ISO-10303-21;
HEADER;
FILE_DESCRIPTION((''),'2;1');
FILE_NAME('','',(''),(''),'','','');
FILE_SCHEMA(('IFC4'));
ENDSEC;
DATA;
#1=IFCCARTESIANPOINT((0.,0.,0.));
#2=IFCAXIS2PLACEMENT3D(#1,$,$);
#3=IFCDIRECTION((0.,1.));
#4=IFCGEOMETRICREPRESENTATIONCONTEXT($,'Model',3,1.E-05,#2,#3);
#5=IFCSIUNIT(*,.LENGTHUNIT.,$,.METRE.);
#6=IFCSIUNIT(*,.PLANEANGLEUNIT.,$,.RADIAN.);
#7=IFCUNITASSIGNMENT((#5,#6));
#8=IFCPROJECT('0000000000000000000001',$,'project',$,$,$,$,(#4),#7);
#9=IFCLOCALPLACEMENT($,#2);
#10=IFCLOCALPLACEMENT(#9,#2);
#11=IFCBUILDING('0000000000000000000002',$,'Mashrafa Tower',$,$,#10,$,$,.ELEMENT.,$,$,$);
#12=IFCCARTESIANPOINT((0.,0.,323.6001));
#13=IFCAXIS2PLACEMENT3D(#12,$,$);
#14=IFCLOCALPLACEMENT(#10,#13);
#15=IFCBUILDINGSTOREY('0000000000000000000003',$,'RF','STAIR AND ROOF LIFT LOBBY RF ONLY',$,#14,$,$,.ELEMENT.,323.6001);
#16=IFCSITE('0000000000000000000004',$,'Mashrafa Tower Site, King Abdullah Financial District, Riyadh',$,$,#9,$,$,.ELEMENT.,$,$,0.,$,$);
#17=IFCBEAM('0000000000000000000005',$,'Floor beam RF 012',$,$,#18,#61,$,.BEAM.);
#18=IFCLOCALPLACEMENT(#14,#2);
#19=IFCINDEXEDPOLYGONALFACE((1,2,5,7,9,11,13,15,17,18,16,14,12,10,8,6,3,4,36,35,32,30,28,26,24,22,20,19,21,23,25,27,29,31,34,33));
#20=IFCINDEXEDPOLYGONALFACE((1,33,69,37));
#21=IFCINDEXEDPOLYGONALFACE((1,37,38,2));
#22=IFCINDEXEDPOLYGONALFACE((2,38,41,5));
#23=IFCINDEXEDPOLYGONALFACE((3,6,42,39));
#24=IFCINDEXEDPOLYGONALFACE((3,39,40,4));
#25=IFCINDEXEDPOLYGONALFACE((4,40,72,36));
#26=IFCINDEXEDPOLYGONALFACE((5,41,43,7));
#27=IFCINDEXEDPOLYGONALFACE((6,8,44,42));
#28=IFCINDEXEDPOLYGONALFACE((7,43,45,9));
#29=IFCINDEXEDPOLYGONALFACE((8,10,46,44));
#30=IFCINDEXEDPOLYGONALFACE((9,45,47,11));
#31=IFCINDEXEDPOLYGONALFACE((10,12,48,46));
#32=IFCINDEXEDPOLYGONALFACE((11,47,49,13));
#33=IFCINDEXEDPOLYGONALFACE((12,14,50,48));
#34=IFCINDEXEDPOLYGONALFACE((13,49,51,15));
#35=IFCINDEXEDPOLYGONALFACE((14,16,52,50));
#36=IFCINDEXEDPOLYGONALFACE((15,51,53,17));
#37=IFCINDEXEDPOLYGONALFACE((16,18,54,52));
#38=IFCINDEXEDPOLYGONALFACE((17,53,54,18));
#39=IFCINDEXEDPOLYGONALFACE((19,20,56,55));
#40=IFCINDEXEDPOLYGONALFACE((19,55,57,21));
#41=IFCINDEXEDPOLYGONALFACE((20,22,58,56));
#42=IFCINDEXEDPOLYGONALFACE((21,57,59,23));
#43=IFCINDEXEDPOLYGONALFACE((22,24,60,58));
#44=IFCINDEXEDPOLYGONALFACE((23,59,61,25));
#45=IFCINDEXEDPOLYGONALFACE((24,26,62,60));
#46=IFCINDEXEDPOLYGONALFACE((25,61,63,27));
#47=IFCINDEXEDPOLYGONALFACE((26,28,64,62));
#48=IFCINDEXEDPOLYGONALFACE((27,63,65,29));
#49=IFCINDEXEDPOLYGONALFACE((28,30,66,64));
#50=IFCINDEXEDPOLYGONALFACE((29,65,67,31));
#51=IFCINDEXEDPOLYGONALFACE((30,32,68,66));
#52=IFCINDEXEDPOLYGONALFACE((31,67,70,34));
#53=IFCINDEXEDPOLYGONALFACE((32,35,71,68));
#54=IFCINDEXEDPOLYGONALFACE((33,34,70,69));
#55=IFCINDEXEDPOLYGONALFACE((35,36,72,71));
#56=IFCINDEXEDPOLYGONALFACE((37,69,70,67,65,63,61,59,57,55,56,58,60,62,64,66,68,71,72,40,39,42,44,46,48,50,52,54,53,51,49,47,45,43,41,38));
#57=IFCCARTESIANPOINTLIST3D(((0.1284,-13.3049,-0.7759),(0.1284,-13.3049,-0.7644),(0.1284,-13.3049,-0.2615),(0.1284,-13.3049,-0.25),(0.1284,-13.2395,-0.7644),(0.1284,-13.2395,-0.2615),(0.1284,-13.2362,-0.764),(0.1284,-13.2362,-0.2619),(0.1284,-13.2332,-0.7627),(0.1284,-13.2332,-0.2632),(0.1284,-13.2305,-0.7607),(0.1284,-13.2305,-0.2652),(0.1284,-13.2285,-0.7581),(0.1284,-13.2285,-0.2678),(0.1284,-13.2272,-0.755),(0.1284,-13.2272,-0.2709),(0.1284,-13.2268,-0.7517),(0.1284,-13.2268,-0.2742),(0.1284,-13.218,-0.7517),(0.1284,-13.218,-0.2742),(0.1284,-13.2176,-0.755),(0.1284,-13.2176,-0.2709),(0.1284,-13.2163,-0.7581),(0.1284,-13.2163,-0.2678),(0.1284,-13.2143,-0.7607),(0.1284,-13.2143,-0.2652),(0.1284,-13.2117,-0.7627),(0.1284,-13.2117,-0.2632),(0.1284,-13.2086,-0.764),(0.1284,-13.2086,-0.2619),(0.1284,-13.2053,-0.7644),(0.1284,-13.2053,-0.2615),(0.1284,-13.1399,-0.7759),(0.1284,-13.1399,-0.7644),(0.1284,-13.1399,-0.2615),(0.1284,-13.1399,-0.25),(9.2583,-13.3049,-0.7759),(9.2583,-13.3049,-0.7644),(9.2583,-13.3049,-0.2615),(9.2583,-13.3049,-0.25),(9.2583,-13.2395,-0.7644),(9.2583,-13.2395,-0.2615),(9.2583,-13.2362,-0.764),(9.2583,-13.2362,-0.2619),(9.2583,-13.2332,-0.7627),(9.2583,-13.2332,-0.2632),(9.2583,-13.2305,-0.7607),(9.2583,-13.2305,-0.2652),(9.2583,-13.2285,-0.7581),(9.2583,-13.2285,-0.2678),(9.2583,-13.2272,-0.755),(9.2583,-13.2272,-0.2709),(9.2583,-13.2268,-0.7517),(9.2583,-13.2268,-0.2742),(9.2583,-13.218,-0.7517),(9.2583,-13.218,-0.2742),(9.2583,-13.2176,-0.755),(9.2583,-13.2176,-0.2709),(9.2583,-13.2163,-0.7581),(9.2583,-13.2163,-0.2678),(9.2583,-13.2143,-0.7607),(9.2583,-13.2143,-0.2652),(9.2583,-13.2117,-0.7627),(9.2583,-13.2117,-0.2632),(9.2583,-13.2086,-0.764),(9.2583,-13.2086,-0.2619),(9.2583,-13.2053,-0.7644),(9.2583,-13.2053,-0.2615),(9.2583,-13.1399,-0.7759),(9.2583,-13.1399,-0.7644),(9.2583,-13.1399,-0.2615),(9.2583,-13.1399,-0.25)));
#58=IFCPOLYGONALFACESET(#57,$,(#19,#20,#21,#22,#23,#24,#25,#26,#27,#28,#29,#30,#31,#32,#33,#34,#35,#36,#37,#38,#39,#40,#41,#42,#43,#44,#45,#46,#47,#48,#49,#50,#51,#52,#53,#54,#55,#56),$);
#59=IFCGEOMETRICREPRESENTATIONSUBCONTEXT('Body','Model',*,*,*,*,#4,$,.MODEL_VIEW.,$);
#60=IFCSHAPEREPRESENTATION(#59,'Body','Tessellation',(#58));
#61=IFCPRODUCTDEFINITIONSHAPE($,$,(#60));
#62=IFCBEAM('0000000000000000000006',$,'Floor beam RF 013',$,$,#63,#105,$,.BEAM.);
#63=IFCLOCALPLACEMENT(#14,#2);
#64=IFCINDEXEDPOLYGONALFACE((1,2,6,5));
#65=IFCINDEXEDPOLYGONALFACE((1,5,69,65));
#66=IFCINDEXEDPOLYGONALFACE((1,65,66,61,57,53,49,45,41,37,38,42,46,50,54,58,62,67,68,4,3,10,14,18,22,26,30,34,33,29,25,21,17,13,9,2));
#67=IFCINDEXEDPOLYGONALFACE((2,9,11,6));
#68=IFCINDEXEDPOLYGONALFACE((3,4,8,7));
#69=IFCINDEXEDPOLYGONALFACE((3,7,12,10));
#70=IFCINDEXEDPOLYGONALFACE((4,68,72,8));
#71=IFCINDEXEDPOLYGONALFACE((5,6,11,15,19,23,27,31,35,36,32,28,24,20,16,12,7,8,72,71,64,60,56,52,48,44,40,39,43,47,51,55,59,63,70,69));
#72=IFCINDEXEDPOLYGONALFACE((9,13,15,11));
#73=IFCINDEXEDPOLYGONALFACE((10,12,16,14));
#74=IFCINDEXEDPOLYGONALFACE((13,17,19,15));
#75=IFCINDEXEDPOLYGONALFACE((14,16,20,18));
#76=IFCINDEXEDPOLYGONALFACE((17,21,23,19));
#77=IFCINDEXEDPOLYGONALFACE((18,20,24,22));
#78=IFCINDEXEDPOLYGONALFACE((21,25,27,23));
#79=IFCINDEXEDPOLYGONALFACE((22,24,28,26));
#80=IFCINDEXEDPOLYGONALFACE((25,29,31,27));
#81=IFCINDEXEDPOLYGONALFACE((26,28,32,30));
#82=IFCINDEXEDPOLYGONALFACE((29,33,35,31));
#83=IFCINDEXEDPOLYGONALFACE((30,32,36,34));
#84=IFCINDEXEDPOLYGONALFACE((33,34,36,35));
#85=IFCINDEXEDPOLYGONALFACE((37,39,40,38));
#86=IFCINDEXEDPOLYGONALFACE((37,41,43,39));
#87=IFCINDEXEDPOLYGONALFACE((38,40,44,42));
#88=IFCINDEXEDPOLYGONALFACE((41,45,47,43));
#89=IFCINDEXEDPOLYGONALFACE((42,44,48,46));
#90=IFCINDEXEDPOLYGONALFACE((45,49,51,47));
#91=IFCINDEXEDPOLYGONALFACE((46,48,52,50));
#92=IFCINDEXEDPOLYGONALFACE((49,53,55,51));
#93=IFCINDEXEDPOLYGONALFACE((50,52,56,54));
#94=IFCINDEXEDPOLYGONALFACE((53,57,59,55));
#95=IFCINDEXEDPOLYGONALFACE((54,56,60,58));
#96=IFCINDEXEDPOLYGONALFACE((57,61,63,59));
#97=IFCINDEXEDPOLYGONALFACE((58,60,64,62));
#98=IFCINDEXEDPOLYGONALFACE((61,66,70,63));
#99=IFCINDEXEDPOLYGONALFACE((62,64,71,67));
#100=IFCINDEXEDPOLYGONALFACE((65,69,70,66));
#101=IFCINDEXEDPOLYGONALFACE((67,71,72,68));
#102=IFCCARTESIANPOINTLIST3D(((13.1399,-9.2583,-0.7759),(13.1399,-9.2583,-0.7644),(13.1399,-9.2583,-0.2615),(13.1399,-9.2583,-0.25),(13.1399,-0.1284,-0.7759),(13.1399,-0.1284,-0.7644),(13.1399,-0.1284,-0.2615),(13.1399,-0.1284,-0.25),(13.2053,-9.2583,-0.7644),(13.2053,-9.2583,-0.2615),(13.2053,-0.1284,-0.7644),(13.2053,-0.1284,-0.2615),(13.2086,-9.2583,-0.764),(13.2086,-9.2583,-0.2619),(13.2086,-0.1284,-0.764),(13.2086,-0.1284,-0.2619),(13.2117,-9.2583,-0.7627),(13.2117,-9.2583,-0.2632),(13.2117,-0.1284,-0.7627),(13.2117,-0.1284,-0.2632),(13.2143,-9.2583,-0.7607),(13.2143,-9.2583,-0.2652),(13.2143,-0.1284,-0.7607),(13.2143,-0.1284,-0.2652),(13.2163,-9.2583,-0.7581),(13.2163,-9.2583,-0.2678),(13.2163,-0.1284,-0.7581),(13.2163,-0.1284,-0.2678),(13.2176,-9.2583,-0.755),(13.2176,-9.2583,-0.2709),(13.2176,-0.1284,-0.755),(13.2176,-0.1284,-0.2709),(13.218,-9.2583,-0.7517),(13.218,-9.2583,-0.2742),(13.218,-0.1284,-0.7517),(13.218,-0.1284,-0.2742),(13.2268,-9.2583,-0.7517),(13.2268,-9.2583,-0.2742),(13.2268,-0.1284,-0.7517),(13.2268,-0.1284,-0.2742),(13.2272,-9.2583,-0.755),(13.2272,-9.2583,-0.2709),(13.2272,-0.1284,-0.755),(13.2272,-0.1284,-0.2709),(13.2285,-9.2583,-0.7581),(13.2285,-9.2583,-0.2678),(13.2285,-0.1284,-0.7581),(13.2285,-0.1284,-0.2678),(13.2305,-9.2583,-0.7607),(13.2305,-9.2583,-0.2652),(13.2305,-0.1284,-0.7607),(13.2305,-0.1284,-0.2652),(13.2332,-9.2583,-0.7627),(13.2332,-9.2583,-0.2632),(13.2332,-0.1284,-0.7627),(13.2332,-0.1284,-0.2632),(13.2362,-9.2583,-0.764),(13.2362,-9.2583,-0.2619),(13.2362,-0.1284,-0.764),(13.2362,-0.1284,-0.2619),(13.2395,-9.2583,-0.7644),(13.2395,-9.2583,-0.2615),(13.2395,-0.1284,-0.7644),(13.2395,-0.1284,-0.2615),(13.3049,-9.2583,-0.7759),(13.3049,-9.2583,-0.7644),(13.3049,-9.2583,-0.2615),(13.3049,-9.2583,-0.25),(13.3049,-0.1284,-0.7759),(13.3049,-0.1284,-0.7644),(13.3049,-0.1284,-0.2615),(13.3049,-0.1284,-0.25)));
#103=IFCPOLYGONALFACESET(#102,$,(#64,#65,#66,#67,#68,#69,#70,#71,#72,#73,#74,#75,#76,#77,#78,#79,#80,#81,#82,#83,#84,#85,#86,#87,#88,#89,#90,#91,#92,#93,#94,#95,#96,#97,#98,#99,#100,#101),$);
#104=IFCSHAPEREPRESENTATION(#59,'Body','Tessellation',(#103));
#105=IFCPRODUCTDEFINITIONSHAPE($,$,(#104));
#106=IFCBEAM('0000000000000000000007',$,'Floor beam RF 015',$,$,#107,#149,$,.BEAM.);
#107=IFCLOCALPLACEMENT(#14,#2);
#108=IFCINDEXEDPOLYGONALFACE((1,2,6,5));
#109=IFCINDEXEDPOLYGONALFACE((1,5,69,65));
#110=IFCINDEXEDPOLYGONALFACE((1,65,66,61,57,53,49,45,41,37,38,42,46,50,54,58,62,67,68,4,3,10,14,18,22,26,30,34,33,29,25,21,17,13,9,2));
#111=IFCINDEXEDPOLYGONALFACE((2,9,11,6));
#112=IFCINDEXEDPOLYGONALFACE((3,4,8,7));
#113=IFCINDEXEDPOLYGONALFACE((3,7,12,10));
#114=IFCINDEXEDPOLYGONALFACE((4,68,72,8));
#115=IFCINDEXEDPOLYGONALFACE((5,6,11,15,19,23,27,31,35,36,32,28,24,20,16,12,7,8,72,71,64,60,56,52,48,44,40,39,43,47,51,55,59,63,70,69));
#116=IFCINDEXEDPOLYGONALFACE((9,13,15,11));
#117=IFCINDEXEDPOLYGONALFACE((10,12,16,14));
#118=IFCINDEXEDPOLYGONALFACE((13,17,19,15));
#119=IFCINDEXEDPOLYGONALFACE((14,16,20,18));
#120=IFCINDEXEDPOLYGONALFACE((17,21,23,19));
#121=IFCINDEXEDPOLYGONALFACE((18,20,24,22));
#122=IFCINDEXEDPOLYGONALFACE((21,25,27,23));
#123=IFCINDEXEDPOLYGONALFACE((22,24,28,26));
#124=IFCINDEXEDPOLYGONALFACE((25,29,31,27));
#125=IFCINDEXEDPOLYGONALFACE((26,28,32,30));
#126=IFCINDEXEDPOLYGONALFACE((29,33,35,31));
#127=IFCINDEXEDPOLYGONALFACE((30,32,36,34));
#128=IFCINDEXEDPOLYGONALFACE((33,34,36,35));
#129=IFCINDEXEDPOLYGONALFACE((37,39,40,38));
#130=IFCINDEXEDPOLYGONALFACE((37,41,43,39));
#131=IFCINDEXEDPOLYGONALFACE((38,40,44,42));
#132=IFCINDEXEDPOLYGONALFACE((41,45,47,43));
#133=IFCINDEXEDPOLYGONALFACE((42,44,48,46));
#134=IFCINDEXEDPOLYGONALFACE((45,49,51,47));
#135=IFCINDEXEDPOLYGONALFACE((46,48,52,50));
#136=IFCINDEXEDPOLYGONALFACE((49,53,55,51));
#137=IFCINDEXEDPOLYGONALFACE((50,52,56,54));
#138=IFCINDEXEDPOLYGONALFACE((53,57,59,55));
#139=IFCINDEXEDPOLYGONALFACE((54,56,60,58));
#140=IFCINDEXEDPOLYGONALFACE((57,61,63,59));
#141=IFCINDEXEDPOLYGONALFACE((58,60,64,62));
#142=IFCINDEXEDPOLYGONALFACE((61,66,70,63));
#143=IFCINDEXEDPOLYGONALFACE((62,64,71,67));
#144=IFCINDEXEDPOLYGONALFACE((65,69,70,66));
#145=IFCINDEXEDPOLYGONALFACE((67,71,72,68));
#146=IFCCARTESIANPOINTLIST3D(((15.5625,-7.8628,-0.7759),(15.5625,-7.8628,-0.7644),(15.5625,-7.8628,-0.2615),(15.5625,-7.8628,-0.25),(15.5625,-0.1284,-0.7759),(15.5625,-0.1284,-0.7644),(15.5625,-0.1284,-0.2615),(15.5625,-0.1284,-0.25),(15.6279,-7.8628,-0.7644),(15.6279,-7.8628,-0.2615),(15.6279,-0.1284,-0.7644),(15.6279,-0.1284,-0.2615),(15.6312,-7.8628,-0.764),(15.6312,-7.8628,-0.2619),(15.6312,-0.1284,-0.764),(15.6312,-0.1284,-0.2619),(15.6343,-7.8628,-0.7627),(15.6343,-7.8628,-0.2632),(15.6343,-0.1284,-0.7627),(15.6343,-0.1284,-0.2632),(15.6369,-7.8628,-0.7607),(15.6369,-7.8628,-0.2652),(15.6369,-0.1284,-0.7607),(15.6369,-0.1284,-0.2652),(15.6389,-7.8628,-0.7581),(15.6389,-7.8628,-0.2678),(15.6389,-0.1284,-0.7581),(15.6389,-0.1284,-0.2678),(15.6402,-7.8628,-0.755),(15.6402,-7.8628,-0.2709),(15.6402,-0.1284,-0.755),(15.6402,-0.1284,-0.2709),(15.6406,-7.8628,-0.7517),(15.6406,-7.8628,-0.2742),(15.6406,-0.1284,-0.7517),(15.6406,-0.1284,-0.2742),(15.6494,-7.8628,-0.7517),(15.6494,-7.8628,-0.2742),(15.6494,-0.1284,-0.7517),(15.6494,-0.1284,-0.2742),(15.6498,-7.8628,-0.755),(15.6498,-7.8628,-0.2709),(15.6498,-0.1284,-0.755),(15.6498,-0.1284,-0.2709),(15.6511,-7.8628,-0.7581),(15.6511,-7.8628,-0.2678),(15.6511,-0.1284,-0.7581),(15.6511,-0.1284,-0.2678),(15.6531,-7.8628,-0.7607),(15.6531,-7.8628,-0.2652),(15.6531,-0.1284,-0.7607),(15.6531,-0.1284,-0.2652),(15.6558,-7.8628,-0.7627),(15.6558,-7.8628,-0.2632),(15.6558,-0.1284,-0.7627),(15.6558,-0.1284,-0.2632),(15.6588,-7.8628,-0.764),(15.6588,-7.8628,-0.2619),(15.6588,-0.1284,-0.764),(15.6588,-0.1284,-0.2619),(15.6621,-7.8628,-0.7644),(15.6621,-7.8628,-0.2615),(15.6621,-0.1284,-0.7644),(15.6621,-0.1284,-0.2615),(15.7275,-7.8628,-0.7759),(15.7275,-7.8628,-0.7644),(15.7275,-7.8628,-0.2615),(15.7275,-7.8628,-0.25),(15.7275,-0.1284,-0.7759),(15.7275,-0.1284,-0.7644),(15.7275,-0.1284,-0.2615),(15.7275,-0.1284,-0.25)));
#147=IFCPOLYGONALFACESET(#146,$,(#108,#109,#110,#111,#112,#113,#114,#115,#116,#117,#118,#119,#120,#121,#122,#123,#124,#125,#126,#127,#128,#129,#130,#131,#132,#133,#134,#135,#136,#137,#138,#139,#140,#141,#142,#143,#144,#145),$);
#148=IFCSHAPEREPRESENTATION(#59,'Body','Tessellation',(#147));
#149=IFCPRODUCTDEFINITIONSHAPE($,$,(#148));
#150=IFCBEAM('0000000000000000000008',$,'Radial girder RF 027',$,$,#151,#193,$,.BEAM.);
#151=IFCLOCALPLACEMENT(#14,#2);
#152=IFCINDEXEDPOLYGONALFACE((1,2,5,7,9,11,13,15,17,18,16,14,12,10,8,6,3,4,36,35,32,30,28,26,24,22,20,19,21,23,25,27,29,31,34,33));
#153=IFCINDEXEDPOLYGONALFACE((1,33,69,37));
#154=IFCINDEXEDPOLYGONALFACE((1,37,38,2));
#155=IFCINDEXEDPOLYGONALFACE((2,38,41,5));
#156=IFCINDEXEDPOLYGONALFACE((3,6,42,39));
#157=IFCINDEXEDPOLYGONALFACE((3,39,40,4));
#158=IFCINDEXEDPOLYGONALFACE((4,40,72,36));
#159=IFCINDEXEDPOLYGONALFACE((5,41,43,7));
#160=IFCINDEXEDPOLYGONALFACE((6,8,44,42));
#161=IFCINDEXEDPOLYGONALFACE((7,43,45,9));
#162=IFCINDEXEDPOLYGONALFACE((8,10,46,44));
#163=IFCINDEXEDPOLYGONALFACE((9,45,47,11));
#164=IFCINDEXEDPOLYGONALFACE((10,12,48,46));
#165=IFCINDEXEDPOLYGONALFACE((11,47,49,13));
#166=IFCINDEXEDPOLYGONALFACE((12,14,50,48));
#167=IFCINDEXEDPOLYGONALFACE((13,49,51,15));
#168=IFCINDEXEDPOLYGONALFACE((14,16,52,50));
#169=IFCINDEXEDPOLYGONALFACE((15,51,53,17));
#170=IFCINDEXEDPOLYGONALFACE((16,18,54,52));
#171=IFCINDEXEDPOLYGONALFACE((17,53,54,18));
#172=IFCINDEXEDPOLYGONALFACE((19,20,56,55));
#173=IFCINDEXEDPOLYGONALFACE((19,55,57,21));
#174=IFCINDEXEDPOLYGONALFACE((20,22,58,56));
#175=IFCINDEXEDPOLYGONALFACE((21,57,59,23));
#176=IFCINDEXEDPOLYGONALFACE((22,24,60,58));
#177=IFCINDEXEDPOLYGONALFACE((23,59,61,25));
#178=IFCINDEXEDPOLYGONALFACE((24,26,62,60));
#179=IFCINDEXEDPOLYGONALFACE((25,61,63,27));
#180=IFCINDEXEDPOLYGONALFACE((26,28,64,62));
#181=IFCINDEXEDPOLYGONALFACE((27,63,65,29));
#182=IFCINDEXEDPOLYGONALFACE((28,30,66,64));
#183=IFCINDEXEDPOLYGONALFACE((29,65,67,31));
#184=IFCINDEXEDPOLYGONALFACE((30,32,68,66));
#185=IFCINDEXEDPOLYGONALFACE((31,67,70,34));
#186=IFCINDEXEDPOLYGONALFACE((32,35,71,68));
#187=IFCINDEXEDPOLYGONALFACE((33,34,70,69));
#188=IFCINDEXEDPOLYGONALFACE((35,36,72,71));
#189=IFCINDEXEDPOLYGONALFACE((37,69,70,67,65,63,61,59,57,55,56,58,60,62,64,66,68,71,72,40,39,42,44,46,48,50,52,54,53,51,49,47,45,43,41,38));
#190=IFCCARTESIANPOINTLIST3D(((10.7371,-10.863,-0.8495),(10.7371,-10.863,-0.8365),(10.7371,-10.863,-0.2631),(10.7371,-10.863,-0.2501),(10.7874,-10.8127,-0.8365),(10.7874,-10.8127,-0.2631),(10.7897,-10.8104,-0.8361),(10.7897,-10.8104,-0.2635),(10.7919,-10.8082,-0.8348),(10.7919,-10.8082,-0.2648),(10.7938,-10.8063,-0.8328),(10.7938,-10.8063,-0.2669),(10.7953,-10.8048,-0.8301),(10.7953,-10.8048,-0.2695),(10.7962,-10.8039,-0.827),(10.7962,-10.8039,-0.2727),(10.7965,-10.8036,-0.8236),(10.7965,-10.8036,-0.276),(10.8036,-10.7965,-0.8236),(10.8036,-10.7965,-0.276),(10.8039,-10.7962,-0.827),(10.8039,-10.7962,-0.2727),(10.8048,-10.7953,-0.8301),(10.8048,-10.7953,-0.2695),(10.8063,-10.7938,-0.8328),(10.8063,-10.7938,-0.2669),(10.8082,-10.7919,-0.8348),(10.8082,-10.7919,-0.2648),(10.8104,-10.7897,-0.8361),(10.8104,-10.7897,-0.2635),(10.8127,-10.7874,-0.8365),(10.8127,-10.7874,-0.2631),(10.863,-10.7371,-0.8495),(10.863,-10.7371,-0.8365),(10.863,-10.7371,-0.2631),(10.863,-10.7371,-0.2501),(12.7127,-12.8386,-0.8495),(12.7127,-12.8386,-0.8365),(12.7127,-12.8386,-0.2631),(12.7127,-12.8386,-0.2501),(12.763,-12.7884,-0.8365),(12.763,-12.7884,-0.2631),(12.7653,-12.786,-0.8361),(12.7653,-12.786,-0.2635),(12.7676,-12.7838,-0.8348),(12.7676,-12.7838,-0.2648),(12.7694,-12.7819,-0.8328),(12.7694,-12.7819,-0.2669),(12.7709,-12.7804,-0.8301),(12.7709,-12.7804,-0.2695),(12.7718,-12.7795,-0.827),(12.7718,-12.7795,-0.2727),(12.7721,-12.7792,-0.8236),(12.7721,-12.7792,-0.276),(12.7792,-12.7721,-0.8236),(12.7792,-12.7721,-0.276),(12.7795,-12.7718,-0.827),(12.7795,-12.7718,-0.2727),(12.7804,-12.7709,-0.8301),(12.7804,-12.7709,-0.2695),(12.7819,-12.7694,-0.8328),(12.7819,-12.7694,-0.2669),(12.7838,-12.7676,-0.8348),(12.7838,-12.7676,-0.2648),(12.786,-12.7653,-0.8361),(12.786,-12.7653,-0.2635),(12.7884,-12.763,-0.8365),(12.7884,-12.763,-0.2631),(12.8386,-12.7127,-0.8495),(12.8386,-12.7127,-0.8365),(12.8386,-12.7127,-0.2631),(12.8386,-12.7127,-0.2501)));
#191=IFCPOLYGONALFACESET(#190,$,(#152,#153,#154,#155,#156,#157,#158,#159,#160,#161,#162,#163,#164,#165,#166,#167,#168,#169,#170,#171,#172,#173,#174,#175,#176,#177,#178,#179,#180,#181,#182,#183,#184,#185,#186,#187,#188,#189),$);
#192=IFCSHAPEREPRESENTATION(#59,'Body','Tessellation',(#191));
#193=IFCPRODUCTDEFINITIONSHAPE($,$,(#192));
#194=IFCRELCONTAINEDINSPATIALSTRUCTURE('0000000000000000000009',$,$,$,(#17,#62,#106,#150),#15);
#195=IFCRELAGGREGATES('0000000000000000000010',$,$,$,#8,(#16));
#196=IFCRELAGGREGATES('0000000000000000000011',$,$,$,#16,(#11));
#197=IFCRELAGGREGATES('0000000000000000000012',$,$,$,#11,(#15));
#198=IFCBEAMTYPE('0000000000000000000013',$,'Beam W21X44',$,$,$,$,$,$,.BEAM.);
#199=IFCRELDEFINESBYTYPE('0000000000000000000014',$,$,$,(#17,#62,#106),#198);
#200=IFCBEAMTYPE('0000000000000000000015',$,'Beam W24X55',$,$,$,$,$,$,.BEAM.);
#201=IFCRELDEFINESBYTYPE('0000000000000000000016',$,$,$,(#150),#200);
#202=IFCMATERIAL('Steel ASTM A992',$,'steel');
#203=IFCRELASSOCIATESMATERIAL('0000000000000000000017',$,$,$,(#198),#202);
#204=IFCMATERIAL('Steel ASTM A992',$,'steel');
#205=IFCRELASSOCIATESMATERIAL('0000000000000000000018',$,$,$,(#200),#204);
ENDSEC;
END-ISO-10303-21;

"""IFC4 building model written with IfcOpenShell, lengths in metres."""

from ifc_helpers import new_model, si_unit, direction, frame, origin, origin_2d, place, context, subcontext, project, spatial, i_section, extrude, material, material_profile, profile_set, type_object, element, save


model = new_model("IFC4")

# Units and contexts
model_context = context("Model", 3, precision=1e-05, world=origin(), true_north=direction((0.0, 1.0)))
body_context = subcontext(model_context, "Body", "Model", "MODEL_VIEW")
ifc_project = project(units=[si_unit("LENGTHUNIT", "METRE"), si_unit("PLANEANGLEUNIT", "RADIAN")], contexts=[model_context])

# Site, building, storey
site_placement = place(None, origin())
site = spatial("IfcSite", under=ifc_project, at=site_placement, Name="Mashrafa Tower Site, King Abdullah Financial District, Riyadh", CompositionType="ELEMENT", RefElevation=0.0)
building_placement = place(site_placement, origin())
building = spatial("IfcBuilding", under=site, at=building_placement, Name="Mashrafa Tower", CompositionType="ELEMENT")
storey_placement = place(building_placement, frame((0.0, 0.0, 323.6001)))
storey = spatial("IfcBuildingStorey", under=building, at=storey_placement, Name="RF", Description="STAIR AND ROOF LIFT LOBBY RF ONLY", CompositionType="ELEMENT", Elevation=323.6001)

# Beams
ifc_material_1 = material(Name="Steel ASTM A992", Category="steel")
ifc_material_profile_1 = material_profile(ifc_material_1, i_section(OverallWidth=0.165, OverallDepth=0.5259, WebThickness=0.0088, FlangeThickness=0.0115, FilletRadius=0.0127, at=origin_2d()), Name="W21X44")
ifc_profile_set_1 = profile_set([ifc_material_profile_1], Name="Steel ASTM A992")
beam_type_1 = type_object("IfcBeamType", Name="Beam W21X44", PredefinedType="BEAM", material=ifc_profile_set_1)
for number, where, z_axis, x_axis, name in (
    (1, (9.2583, -13.2224, -0.5129), (-1.0, 0.0, 0.0), (0.0, -1.0, 0.0), "Floor beam RF 012"),
    (2, (13.2224, -0.1284, -0.5129), (0.0, -1.0, 0.0), (1.0, 0.0, 0.0), "Floor beam RF 013"),
):
    element("IfcBeam", number, at=place(storey_placement, frame(where, z_axis=z_axis, x_axis=x_axis)), inside=storey, type_object=beam_type_1, Name=name, PredefinedType="BEAM", context=body_context, shape_type="SweptSolid", body=[
        extrude(i_section(OverallWidth=0.165, OverallDepth=0.5259, WebThickness=0.0088, FlangeThickness=0.0115, FilletRadius=0.0127, at=origin_2d()), origin(), (0.0, 0.0, 1.0), 9.1299),
    ])
beam_1_placement = place(storey_placement, frame((15.645, -0.1284, -0.5129), z_axis=(0.0, -1.0, 0.0), x_axis=(1.0, 0.0, 0.0)))
element("IfcBeam", 3, at=beam_1_placement, inside=storey, type_object=beam_type_1, Name="Floor beam RF 015", PredefinedType="BEAM", context=body_context, shape_type="SweptSolid", body=[
    extrude(i_section(OverallWidth=0.165, OverallDepth=0.5259, WebThickness=0.0088, FlangeThickness=0.0115, FilletRadius=0.0127, at=origin_2d()), origin(), (0.0, 0.0, 1.0), 7.7344),
])
ifc_material_2 = material(Name="Steel ASTM A992", Category="steel")
ifc_material_profile_2 = material_profile(ifc_material_2, i_section(OverallWidth=0.178, OverallDepth=0.5994, WebThickness=0.01, FlangeThickness=0.0129, FilletRadius=0.0129, at=origin_2d()), Name="W24X55")
ifc_profile_set_2 = profile_set([ifc_material_profile_2], Name="Steel ASTM A992")
beam_type_2 = type_object("IfcBeamType", Name="Beam W24X55", PredefinedType="BEAM", material=ifc_profile_set_2)
beam_2_placement = place(storey_placement, frame((10.8, -10.8, -0.5498), z_axis=(0.707107, -0.707107, 0.0), x_axis=(0.707107, 0.707107, 0.0)))
element("IfcBeam", 4, at=beam_2_placement, inside=storey, type_object=beam_type_2, Name="Radial girder RF 027", PredefinedType="BEAM", context=body_context, shape_type="SweptSolid", body=[
    extrude(i_section(OverallWidth=0.178, OverallDepth=0.5994, WebThickness=0.01, FlangeThickness=0.0129, FilletRadius=0.0129, at=origin_2d()), origin(), (0.0, 0.0, 1.0), 2.7939),
])

save(model, "model.ifc")
